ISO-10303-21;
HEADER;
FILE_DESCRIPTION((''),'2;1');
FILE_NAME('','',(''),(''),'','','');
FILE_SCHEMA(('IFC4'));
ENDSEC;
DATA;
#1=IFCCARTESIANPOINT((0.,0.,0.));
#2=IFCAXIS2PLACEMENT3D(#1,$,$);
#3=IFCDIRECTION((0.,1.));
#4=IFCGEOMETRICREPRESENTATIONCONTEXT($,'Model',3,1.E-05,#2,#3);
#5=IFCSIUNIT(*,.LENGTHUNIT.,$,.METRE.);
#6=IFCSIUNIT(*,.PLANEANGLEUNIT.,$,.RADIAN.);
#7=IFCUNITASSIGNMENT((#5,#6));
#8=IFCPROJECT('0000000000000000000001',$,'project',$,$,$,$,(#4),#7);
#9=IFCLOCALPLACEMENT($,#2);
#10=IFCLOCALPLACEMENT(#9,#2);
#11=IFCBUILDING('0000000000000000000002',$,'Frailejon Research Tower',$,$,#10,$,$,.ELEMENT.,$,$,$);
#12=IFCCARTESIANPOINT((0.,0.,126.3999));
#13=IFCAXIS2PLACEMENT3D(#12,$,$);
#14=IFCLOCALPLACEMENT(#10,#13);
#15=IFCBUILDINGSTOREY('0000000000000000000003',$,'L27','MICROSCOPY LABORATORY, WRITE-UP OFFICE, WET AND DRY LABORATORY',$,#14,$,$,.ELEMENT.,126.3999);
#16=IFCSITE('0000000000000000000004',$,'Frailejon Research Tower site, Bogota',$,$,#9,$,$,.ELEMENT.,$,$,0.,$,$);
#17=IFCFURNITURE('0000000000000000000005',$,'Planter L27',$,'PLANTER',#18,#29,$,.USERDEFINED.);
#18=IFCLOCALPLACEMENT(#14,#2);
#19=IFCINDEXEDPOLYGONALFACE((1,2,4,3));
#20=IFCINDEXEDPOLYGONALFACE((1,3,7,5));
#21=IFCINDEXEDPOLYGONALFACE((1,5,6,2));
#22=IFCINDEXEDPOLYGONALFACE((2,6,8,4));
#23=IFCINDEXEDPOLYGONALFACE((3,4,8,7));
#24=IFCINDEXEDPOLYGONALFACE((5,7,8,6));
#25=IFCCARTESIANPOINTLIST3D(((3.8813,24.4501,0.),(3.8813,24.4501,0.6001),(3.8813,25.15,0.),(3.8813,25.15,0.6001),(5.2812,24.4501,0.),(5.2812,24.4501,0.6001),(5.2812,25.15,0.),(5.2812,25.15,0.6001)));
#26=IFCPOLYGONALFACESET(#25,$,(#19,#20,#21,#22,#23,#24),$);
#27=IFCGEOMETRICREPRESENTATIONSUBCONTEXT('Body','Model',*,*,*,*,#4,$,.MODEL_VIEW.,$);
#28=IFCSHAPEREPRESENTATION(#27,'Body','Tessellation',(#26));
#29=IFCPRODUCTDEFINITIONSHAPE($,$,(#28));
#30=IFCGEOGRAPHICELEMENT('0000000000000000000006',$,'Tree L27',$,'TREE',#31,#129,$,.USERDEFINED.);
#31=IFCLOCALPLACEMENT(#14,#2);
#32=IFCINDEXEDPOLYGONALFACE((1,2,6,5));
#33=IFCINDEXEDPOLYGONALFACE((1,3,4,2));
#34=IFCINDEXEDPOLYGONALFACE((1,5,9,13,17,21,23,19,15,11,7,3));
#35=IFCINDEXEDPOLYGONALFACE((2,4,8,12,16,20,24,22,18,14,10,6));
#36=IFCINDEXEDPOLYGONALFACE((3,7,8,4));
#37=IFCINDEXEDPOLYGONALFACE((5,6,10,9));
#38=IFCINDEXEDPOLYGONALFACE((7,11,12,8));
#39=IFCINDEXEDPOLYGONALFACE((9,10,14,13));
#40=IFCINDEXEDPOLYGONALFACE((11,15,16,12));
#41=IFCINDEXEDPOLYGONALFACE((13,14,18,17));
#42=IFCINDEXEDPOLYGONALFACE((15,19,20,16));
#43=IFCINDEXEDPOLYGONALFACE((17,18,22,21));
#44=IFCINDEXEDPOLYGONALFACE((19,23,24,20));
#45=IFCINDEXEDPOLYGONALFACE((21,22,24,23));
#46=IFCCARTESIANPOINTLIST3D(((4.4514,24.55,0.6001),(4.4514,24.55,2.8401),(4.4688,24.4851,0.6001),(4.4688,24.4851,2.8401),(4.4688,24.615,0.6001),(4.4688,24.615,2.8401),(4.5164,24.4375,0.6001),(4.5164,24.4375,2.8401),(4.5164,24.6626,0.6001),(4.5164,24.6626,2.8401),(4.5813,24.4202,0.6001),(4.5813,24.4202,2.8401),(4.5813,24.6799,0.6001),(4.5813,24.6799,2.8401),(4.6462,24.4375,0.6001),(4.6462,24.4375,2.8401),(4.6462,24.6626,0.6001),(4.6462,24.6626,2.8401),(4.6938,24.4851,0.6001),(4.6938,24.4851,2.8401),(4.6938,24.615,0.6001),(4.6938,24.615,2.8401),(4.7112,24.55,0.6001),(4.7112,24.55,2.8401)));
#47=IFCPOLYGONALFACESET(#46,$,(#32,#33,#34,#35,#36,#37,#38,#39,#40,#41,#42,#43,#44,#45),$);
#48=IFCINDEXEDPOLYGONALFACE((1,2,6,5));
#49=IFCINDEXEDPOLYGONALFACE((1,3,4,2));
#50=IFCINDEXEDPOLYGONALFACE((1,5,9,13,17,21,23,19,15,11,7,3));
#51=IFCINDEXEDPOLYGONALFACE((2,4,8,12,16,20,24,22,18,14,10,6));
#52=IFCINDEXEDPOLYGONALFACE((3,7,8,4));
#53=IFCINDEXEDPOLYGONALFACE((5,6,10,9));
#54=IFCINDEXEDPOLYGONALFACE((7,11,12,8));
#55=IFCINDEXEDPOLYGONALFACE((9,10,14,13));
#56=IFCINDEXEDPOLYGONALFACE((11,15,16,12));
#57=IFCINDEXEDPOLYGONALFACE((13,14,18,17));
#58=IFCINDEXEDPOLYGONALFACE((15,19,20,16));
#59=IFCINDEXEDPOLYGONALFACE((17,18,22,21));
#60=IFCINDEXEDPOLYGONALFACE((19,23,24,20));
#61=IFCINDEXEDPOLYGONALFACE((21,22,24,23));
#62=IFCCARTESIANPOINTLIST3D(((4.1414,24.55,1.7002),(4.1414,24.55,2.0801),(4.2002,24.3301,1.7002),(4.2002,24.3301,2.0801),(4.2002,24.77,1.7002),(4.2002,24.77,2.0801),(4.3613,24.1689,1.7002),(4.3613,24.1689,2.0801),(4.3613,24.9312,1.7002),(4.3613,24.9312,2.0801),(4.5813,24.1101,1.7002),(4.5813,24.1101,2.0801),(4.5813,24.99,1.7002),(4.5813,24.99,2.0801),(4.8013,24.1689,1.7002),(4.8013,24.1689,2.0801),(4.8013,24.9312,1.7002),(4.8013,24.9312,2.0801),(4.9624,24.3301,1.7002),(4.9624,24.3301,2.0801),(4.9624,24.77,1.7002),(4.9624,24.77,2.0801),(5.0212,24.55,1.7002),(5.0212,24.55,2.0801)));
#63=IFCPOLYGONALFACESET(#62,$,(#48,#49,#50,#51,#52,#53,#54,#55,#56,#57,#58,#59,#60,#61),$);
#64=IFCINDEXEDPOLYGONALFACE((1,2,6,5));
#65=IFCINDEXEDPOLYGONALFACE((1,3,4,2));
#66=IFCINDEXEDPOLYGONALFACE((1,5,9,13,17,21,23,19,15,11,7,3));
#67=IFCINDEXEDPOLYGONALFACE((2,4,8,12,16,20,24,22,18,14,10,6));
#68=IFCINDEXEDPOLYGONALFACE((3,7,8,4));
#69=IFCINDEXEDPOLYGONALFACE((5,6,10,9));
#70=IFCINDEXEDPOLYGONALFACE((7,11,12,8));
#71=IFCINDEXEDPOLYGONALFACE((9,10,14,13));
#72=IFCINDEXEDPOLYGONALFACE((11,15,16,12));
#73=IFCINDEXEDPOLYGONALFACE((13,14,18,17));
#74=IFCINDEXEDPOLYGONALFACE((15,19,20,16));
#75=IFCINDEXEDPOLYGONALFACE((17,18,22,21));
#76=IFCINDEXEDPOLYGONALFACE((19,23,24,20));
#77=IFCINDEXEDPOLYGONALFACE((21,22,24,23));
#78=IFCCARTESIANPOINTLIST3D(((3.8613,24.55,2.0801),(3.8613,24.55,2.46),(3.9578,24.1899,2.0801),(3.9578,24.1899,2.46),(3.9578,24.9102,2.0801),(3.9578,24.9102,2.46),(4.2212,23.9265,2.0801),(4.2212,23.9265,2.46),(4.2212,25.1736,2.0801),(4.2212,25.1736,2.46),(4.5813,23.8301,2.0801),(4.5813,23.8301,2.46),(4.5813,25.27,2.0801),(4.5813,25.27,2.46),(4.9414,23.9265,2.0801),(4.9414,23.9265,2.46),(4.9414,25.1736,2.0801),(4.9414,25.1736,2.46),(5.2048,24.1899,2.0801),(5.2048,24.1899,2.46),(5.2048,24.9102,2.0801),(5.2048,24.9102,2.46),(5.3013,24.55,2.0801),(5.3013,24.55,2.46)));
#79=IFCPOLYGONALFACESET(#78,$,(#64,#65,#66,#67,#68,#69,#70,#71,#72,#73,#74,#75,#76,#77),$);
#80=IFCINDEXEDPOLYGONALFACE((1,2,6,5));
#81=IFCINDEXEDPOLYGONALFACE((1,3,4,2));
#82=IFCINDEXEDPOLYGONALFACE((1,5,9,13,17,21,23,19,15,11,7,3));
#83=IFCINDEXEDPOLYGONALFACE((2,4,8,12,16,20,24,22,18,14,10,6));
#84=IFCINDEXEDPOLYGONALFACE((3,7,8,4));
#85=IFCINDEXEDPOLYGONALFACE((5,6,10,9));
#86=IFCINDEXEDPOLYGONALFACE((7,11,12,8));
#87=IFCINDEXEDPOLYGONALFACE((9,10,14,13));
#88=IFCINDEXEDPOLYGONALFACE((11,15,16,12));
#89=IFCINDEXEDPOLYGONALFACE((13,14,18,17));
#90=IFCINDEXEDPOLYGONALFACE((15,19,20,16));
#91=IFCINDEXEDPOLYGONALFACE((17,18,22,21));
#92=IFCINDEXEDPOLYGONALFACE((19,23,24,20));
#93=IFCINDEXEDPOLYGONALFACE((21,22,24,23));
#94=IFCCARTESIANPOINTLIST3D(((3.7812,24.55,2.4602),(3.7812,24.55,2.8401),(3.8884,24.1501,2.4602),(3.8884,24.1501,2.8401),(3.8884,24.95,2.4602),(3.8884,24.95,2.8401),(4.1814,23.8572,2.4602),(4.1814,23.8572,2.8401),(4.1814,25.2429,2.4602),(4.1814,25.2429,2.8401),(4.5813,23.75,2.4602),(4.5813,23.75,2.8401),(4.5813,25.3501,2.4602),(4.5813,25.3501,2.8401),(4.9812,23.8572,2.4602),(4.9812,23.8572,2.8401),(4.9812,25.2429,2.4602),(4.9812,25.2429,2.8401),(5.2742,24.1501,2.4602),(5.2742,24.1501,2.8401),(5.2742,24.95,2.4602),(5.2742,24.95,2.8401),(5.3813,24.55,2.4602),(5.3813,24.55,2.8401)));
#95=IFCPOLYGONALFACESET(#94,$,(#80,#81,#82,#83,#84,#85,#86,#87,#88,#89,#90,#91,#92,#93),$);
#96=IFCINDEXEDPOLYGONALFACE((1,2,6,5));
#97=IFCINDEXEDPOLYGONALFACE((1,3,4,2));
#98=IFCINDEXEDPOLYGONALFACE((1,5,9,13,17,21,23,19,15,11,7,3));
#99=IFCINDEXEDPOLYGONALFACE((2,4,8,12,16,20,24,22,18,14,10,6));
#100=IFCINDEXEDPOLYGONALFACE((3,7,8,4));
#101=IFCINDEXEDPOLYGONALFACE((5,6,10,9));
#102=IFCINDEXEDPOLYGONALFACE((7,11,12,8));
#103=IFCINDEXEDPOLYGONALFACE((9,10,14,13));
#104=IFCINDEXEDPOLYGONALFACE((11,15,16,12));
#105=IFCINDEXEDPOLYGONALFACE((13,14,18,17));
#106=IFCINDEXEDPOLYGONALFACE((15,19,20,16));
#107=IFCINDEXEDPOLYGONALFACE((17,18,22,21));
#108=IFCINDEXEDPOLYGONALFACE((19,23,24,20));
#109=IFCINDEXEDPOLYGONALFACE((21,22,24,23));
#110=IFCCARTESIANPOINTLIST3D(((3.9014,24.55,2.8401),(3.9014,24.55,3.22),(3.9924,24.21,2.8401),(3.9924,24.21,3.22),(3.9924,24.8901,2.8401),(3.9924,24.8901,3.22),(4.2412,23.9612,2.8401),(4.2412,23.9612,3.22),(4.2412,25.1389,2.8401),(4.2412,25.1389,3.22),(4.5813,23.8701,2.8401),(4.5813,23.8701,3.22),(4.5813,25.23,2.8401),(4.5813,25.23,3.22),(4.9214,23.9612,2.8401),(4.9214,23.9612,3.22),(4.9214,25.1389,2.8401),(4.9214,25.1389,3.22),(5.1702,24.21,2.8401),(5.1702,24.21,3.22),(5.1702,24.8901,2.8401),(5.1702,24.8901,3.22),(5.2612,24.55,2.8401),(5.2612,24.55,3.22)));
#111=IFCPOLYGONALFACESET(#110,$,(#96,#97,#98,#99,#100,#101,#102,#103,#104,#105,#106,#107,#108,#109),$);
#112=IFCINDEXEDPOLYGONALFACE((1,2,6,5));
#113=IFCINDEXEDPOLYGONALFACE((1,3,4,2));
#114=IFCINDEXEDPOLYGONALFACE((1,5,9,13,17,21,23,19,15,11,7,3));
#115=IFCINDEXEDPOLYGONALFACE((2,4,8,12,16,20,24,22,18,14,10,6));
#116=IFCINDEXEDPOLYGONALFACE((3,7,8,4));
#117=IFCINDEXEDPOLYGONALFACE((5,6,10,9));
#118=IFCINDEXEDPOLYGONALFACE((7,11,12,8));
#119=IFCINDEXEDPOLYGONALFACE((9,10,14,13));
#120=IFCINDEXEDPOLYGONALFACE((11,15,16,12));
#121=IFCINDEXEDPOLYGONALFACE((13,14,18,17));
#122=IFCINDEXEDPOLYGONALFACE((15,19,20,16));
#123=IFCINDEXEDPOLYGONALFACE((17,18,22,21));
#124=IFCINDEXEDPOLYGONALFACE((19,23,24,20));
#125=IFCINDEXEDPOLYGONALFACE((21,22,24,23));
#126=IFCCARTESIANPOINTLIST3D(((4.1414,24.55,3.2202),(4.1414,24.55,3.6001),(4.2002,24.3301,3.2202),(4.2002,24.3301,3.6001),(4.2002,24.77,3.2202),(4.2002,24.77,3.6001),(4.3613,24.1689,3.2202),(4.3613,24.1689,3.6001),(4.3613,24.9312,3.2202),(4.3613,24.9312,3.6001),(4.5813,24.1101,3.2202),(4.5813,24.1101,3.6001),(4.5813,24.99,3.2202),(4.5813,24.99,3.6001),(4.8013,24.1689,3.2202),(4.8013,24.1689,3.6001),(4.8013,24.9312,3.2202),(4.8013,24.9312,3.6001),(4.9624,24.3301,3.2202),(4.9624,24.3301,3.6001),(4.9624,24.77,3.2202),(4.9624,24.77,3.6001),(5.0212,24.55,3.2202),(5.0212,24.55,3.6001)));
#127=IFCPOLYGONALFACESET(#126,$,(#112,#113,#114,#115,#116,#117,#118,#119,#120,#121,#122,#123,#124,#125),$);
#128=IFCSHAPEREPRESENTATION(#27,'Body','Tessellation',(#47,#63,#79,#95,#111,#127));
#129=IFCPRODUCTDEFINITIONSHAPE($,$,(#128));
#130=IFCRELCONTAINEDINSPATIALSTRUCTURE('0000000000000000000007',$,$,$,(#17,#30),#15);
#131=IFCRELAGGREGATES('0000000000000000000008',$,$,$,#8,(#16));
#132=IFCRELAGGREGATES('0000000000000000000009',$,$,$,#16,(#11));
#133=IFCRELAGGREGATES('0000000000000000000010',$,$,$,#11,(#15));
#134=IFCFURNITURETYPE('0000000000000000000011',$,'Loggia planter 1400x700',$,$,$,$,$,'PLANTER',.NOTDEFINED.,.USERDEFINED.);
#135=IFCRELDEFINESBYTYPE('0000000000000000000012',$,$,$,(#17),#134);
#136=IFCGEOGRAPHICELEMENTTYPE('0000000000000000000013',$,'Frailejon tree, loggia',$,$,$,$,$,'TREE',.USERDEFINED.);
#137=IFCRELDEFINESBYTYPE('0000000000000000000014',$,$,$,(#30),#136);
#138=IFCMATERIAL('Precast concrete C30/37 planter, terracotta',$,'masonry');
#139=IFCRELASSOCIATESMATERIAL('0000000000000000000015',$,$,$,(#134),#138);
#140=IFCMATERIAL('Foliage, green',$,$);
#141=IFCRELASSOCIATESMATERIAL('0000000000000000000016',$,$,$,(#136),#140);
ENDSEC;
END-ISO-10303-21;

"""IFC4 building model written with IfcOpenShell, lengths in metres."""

from ifc_helpers import new_model, si_unit, direction, frame, origin, origin_2d, place, context, subcontext, project, spatial, polyline, rectangle, outline, extrude, material, type_object, element, save


model = new_model("IFC4")

# Units and contexts
model_context = context("Model", 3, precision=1e-05, world=origin(), true_north=direction((0.0, 1.0)))
body_context = subcontext(model_context, "Body", "Model", "MODEL_VIEW")
ifc_project = project(units=[si_unit("LENGTHUNIT", "METRE"), si_unit("PLANEANGLEUNIT", "RADIAN")], contexts=[model_context])

# Site, building, storey
site_placement = place(None, origin())
site = spatial("IfcSite", under=ifc_project, at=site_placement, Name="Frailejon Research Tower site, Bogota", CompositionType="ELEMENT", RefElevation=0.0)
building_placement = place(site_placement, origin())
building = spatial("IfcBuilding", under=site, at=building_placement, Name="Frailejon Research Tower", CompositionType="ELEMENT")
storey_placement = place(building_placement, frame((0.0, 0.0, 126.3999)))
storey = spatial("IfcBuildingStorey", under=building, at=storey_placement, Name="L27", Description="MICROSCOPY LABORATORY, WRITE-UP OFFICE, WET AND DRY LABORATORY", CompositionType="ELEMENT", Elevation=126.3999)

# Furniture
ifc_material_1 = material(Name="Precast concrete C30/37 planter, terracotta", Category="masonry")
furniture_type = type_object("IfcFurnitureType", Name="Loggia planter 1400x700", ElementType="PLANTER", AssemblyPlace="NOTDEFINED", PredefinedType="USERDEFINED", material=ifc_material_1)
furniture_placement = place(storey_placement, frame((4.5813, 24.8, 0.0), z_axis=(0.0, 0.0, 1.0), x_axis=(-1.0, 0.0, 0.0)))
element("IfcFurniture", 1, at=furniture_placement, inside=storey, type_object=furniture_type, Name="Planter L27", ObjectType="PLANTER", PredefinedType="USERDEFINED", context=body_context, shape_type="SweptSolid", body=[
    extrude(rectangle(XDim=1.3999, YDim=0.7, at=origin_2d()), origin(), (0.0, 0.0, 1.0), 0.6001),
])

# Geographic element
ifc_material_2 = material(Name="Foliage, green")
geographic_element_type = type_object("IfcGeographicElementType", Name="Frailejon tree, loggia", ElementType="TREE", PredefinedType="USERDEFINED", material=ifc_material_2)
geographic_element_placement = place(storey_placement, frame((4.5813, 24.55, 0.6001)))
element("IfcGeographicElement", 2, at=geographic_element_placement, inside=storey, type_object=geographic_element_type, Name="Tree L27", ObjectType="TREE", PredefinedType="USERDEFINED", context=body_context, shape_type="SweptSolid", body=[
    extrude(outline(polyline([(0.1299, 0.0), (0.1125, 0.0649), (0.0649, 0.1125), (0.0, 0.1299), (-0.0649, 0.1125), (-0.1125, 0.0649), (-0.1299, 0.0), (-0.1125, -0.0649), (-0.0649, -0.1125), (0.0, -0.1299), (0.0649, -0.1125), (0.1125, -0.0649), (0.1299, 0.0)])), origin(), (0.0, 0.0, 1.0), 2.24),
    extrude(outline(polyline([(0.4399, 0.0), (0.3811, 0.22), (0.22, 0.3811), (0.0, 0.4399), (-0.22, 0.3811), (-0.3811, 0.22), (-0.4399, 0.0), (-0.3811, -0.22), (-0.22, -0.3811), (0.0, -0.4399), (0.22, -0.3811), (0.3811, -0.22), (0.4399, 0.0)])), frame((0.0, 0.0, 1.1001)), (0.0, 0.0, 1.0), 0.3799),
    extrude(outline(polyline([(0.72, 0.0), (0.6235, 0.3601), (0.3601, 0.6235), (0.0, 0.72), (-0.3601, 0.6235), (-0.6235, 0.3601), (-0.72, 0.0), (-0.6235, -0.3601), (-0.3601, -0.6235), (0.0, -0.72), (0.3601, -0.6235), (0.6235, -0.3601), (0.72, 0.0)])), frame((0.0, 0.0, 1.48)), (0.0, 0.0, 1.0), 0.3799),
    extrude(outline(polyline([(0.8, 0.0), (0.6929, 0.3999), (0.3999, 0.6929), (0.0, 0.8), (-0.3999, 0.6929), (-0.6929, 0.3999), (-0.8, 0.0), (-0.6929, -0.3999), (-0.3999, -0.6929), (0.0, -0.8), (0.3999, -0.6929), (0.6929, -0.3999), (0.8, 0.0)])), frame((0.0, 0.0, 1.8601)), (0.0, 0.0, 1.0), 0.3799),
    extrude(outline(polyline([(0.6799, 0.0), (0.5889, 0.3401), (0.3401, 0.5889), (0.0, 0.6799), (-0.3401, 0.5889), (-0.5889, 0.3401), (-0.6799, 0.0), (-0.5889, -0.3401), (-0.3401, -0.5889), (0.0, -0.6799), (0.3401, -0.5889), (0.5889, -0.3401), (0.6799, 0.0)])), frame((0.0, 0.0, 2.24)), (0.0, 0.0, 1.0), 0.3799),
    extrude(outline(polyline([(0.4399, 0.0), (0.3811, 0.22), (0.22, 0.3811), (0.0, 0.4399), (-0.22, 0.3811), (-0.3811, 0.22), (-0.4399, 0.0), (-0.3811, -0.22), (-0.22, -0.3811), (0.0, -0.4399), (0.22, -0.3811), (0.3811, -0.22), (0.4399, 0.0)])), frame((0.0, 0.0, 2.6201)), (0.0, 0.0, 1.0), 0.3799),
])

save(model, "model.ifc")
